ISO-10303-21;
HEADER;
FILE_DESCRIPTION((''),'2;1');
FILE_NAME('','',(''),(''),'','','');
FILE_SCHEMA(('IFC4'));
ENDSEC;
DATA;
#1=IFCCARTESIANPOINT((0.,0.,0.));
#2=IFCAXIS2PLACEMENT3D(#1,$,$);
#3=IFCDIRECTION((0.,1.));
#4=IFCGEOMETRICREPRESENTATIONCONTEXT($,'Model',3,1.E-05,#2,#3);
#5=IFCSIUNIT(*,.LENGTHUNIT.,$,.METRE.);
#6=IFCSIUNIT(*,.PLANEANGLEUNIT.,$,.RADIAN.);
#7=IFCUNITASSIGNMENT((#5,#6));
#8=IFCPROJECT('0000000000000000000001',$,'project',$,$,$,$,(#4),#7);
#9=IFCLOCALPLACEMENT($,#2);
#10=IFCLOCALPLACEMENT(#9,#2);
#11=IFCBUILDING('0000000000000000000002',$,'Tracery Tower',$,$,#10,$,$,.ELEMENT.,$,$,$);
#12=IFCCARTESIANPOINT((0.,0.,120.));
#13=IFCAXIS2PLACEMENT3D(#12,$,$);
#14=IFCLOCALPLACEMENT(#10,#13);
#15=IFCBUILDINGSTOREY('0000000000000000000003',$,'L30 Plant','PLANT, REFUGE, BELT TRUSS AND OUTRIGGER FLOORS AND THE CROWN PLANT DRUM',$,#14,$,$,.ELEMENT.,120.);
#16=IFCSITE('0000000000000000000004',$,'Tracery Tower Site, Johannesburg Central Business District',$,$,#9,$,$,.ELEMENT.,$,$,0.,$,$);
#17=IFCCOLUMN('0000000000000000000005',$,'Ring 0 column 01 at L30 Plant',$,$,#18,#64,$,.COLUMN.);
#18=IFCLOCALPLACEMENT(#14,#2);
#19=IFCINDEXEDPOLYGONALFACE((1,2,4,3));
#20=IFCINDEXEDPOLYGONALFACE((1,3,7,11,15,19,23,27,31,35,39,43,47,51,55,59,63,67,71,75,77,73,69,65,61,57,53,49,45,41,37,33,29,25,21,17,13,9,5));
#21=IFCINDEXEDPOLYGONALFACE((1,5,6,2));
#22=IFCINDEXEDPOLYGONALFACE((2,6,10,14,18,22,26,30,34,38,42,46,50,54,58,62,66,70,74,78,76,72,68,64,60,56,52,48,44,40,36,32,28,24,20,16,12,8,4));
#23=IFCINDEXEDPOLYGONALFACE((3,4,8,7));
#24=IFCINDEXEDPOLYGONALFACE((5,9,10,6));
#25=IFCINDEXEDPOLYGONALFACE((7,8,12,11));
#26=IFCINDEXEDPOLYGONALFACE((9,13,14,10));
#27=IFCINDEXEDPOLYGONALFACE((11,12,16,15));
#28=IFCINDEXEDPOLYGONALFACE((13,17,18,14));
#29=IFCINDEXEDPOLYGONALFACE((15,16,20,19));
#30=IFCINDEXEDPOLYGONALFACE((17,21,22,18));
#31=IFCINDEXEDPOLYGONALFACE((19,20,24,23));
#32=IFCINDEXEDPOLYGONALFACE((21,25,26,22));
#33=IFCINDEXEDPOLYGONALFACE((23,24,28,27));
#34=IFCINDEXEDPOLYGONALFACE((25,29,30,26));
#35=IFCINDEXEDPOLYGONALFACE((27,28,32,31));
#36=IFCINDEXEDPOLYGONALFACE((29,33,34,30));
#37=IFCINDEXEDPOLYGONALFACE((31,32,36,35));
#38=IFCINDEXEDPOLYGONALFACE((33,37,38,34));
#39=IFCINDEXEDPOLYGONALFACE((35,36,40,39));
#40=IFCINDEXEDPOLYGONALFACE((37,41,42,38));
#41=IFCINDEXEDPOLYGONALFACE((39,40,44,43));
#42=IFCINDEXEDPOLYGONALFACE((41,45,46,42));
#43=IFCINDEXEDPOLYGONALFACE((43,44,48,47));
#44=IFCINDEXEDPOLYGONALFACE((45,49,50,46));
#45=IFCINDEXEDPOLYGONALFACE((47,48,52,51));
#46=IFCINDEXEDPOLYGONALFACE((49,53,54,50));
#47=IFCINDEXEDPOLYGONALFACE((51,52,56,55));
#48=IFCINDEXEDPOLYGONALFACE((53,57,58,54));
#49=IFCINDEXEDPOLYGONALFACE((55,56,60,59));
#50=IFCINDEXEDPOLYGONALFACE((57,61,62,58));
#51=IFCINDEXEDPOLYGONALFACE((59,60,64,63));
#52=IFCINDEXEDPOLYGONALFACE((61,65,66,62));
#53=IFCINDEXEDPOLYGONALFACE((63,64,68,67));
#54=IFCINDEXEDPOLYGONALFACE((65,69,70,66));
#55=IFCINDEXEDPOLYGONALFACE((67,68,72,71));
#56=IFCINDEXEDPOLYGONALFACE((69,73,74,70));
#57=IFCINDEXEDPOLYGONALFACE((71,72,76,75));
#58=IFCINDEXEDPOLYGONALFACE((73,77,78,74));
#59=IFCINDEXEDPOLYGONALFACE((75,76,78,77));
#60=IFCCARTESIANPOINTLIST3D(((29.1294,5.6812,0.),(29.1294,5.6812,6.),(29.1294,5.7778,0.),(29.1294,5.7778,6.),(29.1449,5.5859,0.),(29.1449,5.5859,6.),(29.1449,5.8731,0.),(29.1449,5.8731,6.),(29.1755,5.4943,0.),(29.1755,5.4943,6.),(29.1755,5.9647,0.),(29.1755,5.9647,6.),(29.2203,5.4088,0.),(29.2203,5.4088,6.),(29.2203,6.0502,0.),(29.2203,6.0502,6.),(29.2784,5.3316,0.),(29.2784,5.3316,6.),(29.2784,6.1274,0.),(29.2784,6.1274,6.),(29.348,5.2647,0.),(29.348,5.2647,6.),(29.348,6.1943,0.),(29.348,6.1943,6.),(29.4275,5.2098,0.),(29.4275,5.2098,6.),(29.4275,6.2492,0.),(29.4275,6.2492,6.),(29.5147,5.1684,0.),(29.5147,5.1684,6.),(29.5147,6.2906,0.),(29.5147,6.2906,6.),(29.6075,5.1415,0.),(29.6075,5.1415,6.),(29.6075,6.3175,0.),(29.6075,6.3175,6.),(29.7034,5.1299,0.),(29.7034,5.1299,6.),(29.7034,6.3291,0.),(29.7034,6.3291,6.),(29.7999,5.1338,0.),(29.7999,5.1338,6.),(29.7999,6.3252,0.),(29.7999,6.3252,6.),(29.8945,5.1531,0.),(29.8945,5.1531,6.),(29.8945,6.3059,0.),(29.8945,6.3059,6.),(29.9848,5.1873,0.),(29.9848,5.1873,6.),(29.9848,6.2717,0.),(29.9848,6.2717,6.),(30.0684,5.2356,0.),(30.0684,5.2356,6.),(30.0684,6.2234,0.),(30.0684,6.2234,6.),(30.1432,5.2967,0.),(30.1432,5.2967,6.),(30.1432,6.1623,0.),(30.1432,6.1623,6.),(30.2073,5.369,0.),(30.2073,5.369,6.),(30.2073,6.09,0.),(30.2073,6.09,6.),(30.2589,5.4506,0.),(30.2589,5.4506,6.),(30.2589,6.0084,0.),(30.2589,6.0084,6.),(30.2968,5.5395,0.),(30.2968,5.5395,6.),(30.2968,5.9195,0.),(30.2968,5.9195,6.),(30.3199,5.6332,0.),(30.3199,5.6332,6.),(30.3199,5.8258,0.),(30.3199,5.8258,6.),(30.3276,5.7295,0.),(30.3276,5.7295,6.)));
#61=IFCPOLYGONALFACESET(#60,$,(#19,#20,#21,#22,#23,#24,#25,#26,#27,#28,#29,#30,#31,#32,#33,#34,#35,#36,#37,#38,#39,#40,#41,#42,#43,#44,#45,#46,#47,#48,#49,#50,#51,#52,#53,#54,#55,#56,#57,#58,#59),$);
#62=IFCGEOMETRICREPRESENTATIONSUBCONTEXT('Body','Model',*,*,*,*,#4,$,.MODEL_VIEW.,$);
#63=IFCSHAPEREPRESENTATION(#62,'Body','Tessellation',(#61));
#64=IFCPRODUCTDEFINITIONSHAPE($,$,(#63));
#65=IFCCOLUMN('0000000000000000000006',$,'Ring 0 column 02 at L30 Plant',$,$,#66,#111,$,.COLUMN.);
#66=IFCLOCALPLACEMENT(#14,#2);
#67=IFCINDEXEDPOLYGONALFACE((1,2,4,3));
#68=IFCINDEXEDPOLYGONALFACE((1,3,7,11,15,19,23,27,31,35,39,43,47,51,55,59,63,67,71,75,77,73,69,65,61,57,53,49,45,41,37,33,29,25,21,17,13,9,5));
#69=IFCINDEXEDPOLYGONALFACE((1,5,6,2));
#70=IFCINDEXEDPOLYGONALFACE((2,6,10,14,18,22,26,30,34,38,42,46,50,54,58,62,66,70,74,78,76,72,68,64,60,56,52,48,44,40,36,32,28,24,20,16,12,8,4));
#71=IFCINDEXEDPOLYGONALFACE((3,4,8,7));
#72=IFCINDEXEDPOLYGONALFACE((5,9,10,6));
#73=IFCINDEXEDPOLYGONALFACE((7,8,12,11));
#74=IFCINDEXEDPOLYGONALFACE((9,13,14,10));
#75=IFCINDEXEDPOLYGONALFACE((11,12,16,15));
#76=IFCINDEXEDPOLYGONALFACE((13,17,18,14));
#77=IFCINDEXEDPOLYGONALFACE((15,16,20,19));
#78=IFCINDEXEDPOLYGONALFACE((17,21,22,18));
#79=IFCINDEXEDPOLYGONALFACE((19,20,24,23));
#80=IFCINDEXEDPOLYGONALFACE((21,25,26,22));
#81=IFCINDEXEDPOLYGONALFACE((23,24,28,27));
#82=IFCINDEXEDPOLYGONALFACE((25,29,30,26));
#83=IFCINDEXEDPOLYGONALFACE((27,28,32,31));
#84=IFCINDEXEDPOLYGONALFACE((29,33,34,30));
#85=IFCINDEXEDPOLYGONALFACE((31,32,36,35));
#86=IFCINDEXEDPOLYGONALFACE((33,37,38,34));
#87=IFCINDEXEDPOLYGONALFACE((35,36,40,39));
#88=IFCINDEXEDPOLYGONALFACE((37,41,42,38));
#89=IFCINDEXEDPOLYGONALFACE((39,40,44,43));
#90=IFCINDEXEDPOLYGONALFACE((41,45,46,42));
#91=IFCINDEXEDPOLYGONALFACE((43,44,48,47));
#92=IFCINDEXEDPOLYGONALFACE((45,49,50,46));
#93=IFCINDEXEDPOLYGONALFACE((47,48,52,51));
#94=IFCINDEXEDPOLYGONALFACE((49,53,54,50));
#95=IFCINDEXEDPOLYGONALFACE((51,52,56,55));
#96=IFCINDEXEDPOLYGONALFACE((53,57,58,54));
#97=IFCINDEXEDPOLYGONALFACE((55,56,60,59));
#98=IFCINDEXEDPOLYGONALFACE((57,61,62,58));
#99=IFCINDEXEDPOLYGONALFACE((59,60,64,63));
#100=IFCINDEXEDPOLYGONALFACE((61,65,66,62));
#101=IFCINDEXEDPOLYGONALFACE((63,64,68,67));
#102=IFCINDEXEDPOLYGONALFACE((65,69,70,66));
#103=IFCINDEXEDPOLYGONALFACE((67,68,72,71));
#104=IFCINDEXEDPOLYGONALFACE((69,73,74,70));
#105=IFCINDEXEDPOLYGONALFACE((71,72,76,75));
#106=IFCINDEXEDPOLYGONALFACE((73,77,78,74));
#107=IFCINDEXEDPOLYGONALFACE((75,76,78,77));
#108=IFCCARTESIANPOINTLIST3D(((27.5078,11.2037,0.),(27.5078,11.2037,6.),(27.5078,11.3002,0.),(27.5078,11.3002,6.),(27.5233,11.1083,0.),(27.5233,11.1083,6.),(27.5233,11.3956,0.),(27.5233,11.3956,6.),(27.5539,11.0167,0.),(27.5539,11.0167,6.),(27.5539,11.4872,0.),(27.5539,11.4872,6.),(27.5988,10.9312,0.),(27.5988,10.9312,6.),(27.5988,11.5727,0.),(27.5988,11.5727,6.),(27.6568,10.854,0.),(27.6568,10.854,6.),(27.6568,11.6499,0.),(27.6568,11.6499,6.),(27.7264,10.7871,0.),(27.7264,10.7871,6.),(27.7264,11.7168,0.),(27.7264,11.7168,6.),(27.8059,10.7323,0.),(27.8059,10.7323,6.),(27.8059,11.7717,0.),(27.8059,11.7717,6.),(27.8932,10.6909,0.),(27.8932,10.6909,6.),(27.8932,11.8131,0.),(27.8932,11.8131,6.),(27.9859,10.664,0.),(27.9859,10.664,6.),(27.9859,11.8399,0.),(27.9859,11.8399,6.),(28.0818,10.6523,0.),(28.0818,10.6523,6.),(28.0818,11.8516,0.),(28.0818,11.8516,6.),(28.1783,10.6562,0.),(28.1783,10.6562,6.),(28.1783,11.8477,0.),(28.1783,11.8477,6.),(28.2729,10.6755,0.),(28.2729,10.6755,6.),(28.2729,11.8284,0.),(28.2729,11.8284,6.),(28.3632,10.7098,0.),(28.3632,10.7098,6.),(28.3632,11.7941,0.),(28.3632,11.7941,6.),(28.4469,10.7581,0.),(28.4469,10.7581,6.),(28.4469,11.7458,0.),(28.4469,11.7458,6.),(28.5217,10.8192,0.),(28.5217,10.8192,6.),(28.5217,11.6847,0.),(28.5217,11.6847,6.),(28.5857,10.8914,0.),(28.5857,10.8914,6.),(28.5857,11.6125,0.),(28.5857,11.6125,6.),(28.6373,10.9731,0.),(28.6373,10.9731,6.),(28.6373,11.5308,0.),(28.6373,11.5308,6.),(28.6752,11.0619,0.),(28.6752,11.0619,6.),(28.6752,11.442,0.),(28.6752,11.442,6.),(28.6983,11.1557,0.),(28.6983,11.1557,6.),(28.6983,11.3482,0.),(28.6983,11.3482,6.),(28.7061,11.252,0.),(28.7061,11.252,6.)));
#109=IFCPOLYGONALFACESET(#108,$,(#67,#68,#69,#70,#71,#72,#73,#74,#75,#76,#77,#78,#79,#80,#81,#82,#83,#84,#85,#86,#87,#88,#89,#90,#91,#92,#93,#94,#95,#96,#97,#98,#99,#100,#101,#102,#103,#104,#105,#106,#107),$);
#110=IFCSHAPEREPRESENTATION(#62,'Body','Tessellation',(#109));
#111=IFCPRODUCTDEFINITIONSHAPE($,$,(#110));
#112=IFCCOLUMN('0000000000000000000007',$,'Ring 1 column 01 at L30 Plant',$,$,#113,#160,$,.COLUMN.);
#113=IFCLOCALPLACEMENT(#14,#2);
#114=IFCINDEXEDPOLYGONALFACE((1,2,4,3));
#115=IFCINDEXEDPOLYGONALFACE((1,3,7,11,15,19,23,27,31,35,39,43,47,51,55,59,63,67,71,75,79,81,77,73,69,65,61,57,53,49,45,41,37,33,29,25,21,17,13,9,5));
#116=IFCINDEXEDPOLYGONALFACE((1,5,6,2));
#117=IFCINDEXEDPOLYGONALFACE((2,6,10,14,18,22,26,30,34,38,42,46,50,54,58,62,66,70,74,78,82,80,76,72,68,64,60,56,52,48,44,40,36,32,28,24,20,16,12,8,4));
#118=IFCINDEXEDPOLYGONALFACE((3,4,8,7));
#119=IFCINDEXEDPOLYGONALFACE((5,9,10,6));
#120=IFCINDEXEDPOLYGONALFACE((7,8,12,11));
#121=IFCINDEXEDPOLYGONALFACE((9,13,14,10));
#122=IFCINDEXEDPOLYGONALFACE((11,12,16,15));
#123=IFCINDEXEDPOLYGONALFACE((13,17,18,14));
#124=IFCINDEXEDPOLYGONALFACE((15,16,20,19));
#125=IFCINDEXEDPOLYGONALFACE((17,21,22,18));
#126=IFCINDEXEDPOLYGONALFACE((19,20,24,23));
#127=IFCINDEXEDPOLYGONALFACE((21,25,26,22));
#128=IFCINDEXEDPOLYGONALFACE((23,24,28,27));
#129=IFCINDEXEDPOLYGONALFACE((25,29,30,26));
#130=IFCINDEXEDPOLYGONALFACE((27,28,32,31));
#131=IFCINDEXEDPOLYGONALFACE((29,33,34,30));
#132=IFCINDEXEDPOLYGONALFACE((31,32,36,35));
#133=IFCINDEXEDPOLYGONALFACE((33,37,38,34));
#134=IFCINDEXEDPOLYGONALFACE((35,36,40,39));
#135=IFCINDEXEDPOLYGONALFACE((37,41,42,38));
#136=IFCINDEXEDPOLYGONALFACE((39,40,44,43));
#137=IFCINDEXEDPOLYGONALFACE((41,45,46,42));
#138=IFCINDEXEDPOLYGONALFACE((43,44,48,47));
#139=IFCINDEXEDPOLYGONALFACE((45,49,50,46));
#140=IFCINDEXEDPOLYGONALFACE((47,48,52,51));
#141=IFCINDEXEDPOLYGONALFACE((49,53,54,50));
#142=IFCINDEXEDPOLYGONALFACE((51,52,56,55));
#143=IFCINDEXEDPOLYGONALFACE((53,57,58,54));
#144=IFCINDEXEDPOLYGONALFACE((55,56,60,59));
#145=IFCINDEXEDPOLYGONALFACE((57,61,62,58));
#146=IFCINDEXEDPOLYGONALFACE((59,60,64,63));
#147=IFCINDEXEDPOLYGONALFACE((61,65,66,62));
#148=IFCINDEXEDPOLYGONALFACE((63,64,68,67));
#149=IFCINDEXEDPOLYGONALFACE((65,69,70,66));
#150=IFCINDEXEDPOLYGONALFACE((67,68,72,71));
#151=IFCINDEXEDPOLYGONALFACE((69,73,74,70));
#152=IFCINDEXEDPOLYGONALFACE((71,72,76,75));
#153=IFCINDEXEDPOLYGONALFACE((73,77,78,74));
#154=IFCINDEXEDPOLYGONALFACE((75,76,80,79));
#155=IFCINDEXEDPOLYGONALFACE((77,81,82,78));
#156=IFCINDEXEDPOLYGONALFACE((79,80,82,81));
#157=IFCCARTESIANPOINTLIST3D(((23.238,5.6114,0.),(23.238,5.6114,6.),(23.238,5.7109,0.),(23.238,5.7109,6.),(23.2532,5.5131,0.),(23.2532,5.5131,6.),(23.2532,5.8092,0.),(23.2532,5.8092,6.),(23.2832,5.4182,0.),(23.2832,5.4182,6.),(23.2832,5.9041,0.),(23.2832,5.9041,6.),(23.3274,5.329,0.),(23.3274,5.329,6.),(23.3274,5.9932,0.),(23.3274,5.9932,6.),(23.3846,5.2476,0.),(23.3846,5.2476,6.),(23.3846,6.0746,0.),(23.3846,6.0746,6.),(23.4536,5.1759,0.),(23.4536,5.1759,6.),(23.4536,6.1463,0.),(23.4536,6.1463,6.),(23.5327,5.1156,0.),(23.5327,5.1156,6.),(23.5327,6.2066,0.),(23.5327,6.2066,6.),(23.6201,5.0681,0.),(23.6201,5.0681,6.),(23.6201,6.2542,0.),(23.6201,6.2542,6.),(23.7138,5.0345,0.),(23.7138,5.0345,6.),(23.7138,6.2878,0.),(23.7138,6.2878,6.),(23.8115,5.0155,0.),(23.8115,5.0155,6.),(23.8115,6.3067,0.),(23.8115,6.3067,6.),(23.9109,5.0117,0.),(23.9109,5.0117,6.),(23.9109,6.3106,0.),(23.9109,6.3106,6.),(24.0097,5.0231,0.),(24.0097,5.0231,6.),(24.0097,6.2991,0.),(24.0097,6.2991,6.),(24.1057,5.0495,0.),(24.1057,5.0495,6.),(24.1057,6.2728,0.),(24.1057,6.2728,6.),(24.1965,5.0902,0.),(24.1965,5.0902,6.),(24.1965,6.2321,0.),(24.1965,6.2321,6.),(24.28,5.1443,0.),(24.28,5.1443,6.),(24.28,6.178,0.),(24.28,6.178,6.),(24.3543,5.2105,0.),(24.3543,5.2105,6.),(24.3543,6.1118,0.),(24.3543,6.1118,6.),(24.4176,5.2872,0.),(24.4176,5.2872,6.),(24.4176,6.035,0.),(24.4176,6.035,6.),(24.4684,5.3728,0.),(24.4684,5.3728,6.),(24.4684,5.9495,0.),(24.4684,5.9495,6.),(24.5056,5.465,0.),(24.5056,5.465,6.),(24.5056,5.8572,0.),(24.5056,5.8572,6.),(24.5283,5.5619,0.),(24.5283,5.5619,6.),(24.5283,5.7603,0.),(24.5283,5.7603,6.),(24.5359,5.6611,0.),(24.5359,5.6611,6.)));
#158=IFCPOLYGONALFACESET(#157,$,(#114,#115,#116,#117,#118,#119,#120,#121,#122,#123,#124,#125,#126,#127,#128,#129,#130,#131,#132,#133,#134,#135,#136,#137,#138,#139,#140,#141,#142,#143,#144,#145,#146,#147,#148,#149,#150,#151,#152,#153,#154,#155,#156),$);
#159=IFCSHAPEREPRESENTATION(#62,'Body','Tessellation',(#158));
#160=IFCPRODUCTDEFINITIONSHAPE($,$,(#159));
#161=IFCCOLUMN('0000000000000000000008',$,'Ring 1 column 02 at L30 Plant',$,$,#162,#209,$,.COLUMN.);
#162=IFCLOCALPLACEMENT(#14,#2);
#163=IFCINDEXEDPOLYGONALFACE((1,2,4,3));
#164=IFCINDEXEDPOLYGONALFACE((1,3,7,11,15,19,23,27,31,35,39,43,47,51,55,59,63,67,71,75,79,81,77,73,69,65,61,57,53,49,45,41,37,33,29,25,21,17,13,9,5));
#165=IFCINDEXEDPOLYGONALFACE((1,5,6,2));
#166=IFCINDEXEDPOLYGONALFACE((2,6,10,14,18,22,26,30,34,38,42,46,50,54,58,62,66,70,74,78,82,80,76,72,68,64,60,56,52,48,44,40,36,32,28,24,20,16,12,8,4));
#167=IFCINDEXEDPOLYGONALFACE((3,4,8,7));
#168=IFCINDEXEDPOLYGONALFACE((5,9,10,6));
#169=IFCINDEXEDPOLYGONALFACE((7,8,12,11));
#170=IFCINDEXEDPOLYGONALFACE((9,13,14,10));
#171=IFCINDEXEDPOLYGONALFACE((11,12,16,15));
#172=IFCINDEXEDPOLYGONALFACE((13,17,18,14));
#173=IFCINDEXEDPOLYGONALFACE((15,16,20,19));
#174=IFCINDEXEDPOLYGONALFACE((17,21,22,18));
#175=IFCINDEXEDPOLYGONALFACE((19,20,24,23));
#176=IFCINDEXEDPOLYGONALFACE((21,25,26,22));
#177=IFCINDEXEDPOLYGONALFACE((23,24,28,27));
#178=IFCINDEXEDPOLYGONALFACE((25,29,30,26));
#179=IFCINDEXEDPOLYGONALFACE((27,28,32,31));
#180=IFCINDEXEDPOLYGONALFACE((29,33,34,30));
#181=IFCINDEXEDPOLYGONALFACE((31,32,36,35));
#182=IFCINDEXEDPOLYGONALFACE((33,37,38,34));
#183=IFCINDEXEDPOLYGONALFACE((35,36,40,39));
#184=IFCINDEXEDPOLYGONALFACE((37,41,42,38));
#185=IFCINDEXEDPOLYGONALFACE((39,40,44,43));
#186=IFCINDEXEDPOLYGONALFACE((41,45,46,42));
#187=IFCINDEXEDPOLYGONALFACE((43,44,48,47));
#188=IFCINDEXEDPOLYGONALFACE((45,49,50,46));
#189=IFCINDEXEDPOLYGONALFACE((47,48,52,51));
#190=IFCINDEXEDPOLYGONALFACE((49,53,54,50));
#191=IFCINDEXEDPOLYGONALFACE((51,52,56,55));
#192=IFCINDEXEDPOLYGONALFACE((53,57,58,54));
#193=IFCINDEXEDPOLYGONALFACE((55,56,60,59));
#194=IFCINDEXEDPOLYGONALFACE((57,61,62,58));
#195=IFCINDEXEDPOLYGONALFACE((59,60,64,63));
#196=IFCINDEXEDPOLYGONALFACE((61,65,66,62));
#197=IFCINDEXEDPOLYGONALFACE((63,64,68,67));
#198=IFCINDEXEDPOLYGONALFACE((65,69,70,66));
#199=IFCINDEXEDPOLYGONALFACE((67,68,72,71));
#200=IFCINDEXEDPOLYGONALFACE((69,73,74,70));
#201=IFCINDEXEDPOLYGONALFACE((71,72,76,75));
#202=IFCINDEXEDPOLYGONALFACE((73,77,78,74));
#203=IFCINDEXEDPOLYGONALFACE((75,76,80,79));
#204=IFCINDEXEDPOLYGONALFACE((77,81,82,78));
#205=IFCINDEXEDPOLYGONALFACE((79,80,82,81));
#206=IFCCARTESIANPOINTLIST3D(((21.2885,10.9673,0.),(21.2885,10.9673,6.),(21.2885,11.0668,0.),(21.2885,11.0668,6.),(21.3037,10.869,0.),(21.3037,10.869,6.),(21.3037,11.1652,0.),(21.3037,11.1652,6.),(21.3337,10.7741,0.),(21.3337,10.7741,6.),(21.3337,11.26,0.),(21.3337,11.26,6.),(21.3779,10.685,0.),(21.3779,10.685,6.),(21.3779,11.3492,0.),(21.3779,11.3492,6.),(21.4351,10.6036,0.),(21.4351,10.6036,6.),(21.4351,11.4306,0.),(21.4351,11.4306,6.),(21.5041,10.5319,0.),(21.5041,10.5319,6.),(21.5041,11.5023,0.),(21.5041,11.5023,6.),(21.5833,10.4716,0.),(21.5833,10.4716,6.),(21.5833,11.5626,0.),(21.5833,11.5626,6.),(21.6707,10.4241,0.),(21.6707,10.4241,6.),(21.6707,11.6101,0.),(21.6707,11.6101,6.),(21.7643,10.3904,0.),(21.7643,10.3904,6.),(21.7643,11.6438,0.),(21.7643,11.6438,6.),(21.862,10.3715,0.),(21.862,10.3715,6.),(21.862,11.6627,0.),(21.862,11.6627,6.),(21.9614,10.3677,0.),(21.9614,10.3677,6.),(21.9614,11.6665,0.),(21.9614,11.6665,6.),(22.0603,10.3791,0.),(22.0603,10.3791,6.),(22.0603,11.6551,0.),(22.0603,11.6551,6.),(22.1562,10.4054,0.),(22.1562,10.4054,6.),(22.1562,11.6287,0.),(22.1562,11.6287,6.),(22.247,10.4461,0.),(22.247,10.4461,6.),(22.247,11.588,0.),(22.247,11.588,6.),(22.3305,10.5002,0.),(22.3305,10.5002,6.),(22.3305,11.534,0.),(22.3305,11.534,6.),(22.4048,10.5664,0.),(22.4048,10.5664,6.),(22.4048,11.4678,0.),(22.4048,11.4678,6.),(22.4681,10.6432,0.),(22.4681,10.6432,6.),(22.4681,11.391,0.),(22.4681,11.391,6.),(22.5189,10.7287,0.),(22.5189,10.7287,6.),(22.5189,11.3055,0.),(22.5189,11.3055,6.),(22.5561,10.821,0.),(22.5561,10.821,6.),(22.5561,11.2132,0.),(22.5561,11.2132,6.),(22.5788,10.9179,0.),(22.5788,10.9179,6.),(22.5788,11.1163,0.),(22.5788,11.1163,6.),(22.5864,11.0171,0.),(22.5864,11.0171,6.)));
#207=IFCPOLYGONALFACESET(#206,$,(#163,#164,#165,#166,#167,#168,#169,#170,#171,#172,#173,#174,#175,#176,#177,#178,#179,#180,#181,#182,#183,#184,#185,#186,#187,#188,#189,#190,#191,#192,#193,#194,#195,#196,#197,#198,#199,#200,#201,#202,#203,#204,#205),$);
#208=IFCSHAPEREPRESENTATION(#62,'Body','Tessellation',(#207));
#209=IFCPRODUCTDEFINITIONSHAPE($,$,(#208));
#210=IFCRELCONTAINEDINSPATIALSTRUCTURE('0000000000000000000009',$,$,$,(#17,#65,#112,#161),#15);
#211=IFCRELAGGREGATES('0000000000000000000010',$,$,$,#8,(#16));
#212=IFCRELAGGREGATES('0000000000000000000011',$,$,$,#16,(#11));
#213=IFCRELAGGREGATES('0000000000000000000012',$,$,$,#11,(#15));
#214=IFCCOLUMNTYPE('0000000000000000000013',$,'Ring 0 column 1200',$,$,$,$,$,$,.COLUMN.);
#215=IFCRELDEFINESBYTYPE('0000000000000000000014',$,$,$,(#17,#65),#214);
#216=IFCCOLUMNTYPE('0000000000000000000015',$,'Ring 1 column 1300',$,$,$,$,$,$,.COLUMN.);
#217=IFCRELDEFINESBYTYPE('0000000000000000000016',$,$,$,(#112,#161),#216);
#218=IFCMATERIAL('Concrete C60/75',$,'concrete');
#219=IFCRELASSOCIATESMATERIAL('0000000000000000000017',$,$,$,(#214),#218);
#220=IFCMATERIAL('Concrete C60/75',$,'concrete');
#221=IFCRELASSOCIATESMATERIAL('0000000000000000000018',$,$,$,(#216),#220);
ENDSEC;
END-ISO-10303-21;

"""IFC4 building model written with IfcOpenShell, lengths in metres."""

from ifc_helpers import new_model, si_unit, direction, frame, origin, origin_2d, place, context, subcontext, project, spatial, circle, extrude, material, material_profile, profile_set, type_object, element, save


model = new_model("IFC4")

# Units and contexts
model_context = context("Model", 3, precision=1e-05, world=origin(), true_north=direction((0.0, 1.0)))
body_context = subcontext(model_context, "Body", "Model", "MODEL_VIEW")
ifc_project = project(units=[si_unit("LENGTHUNIT", "METRE"), si_unit("PLANEANGLEUNIT", "RADIAN")], contexts=[model_context])

# Site, building, storey
site_placement = place(None, origin())
site = spatial("IfcSite", under=ifc_project, at=site_placement, Name="Tracery Tower Site, Johannesburg Central Business District", CompositionType="ELEMENT", RefElevation=0.0)
building_placement = place(site_placement, origin())
building = spatial("IfcBuilding", under=site, at=building_placement, Name="Tracery Tower", CompositionType="ELEMENT")
storey_placement = place(building_placement, frame((0.0, 0.0, 120.0)))
storey = spatial("IfcBuildingStorey", under=building, at=storey_placement, Name="L30 Plant", Description="PLANT, REFUGE, BELT TRUSS AND OUTRIGGER FLOORS AND THE CROWN PLANT DRUM", CompositionType="ELEMENT", Elevation=120.0)

# Columns
ifc_material_1 = material(Name="Concrete C60/75", Category="concrete")
ifc_material_profile_1 = material_profile(ifc_material_1, circle(Radius=0.6001, at=origin_2d()), Name="RC D1200")
ifc_profile_set_1 = profile_set([ifc_material_profile_1], Name="Concrete C60/75")
column_type_1 = type_object("IfcColumnType", Name="Ring 0 column 1200", PredefinedType="COLUMN", material=ifc_profile_set_1)
for number, where, z_axis, x_axis, name in (
    (1, (29.7275, 5.7295, 0.0), (0.0, 0.0, 1.0), (1.0, 0.0, 0.0), "Ring 0 column 01 at L30 Plant"),
    (2, (28.106, 11.252, 0.0), (0.0, 0.0, 1.0), (1.0, 0.0, 0.0), "Ring 0 column 02 at L30 Plant"),
):
    element("IfcColumn", number, at=place(storey_placement, frame(where, z_axis=z_axis, x_axis=x_axis)), inside=storey, type_object=column_type_1, Name=name, PredefinedType="COLUMN", context=body_context, shape_type="SweptSolid", body=[
        extrude(circle(Radius=0.6001, at=origin_2d()), origin(), (0.0, 0.0, 1.0), 6.0),
    ])
ifc_material_2 = material(Name="Concrete C60/75", Category="concrete")
ifc_material_profile_2 = material_profile(ifc_material_2, circle(Radius=0.6499, at=origin_2d()), Name="RC D1300")
ifc_profile_set_2 = profile_set([ifc_material_profile_2], Name="Concrete C60/75")
column_type_2 = type_object("IfcColumnType", Name="Ring 1 column 1300", PredefinedType="COLUMN", material=ifc_profile_set_2)
for number, where, z_axis, x_axis, name in (
    (3, (23.886, 5.6611, 0.0), (0.0, 0.0, 1.0), (1.0, 0.0, 0.0), "Ring 1 column 01 at L30 Plant"),
    (4, (21.9365, 11.0171, 0.0), (0.0, 0.0, 1.0), (1.0, 0.0, 0.0), "Ring 1 column 02 at L30 Plant"),
):
    element("IfcColumn", number, at=place(storey_placement, frame(where, z_axis=z_axis, x_axis=x_axis)), inside=storey, type_object=column_type_2, Name=name, PredefinedType="COLUMN", context=body_context, shape_type="SweptSolid", body=[
        extrude(circle(Radius=0.6499, at=origin_2d()), origin(), (0.0, 0.0, 1.0), 6.0),
    ])

save(model, "model.ifc")
